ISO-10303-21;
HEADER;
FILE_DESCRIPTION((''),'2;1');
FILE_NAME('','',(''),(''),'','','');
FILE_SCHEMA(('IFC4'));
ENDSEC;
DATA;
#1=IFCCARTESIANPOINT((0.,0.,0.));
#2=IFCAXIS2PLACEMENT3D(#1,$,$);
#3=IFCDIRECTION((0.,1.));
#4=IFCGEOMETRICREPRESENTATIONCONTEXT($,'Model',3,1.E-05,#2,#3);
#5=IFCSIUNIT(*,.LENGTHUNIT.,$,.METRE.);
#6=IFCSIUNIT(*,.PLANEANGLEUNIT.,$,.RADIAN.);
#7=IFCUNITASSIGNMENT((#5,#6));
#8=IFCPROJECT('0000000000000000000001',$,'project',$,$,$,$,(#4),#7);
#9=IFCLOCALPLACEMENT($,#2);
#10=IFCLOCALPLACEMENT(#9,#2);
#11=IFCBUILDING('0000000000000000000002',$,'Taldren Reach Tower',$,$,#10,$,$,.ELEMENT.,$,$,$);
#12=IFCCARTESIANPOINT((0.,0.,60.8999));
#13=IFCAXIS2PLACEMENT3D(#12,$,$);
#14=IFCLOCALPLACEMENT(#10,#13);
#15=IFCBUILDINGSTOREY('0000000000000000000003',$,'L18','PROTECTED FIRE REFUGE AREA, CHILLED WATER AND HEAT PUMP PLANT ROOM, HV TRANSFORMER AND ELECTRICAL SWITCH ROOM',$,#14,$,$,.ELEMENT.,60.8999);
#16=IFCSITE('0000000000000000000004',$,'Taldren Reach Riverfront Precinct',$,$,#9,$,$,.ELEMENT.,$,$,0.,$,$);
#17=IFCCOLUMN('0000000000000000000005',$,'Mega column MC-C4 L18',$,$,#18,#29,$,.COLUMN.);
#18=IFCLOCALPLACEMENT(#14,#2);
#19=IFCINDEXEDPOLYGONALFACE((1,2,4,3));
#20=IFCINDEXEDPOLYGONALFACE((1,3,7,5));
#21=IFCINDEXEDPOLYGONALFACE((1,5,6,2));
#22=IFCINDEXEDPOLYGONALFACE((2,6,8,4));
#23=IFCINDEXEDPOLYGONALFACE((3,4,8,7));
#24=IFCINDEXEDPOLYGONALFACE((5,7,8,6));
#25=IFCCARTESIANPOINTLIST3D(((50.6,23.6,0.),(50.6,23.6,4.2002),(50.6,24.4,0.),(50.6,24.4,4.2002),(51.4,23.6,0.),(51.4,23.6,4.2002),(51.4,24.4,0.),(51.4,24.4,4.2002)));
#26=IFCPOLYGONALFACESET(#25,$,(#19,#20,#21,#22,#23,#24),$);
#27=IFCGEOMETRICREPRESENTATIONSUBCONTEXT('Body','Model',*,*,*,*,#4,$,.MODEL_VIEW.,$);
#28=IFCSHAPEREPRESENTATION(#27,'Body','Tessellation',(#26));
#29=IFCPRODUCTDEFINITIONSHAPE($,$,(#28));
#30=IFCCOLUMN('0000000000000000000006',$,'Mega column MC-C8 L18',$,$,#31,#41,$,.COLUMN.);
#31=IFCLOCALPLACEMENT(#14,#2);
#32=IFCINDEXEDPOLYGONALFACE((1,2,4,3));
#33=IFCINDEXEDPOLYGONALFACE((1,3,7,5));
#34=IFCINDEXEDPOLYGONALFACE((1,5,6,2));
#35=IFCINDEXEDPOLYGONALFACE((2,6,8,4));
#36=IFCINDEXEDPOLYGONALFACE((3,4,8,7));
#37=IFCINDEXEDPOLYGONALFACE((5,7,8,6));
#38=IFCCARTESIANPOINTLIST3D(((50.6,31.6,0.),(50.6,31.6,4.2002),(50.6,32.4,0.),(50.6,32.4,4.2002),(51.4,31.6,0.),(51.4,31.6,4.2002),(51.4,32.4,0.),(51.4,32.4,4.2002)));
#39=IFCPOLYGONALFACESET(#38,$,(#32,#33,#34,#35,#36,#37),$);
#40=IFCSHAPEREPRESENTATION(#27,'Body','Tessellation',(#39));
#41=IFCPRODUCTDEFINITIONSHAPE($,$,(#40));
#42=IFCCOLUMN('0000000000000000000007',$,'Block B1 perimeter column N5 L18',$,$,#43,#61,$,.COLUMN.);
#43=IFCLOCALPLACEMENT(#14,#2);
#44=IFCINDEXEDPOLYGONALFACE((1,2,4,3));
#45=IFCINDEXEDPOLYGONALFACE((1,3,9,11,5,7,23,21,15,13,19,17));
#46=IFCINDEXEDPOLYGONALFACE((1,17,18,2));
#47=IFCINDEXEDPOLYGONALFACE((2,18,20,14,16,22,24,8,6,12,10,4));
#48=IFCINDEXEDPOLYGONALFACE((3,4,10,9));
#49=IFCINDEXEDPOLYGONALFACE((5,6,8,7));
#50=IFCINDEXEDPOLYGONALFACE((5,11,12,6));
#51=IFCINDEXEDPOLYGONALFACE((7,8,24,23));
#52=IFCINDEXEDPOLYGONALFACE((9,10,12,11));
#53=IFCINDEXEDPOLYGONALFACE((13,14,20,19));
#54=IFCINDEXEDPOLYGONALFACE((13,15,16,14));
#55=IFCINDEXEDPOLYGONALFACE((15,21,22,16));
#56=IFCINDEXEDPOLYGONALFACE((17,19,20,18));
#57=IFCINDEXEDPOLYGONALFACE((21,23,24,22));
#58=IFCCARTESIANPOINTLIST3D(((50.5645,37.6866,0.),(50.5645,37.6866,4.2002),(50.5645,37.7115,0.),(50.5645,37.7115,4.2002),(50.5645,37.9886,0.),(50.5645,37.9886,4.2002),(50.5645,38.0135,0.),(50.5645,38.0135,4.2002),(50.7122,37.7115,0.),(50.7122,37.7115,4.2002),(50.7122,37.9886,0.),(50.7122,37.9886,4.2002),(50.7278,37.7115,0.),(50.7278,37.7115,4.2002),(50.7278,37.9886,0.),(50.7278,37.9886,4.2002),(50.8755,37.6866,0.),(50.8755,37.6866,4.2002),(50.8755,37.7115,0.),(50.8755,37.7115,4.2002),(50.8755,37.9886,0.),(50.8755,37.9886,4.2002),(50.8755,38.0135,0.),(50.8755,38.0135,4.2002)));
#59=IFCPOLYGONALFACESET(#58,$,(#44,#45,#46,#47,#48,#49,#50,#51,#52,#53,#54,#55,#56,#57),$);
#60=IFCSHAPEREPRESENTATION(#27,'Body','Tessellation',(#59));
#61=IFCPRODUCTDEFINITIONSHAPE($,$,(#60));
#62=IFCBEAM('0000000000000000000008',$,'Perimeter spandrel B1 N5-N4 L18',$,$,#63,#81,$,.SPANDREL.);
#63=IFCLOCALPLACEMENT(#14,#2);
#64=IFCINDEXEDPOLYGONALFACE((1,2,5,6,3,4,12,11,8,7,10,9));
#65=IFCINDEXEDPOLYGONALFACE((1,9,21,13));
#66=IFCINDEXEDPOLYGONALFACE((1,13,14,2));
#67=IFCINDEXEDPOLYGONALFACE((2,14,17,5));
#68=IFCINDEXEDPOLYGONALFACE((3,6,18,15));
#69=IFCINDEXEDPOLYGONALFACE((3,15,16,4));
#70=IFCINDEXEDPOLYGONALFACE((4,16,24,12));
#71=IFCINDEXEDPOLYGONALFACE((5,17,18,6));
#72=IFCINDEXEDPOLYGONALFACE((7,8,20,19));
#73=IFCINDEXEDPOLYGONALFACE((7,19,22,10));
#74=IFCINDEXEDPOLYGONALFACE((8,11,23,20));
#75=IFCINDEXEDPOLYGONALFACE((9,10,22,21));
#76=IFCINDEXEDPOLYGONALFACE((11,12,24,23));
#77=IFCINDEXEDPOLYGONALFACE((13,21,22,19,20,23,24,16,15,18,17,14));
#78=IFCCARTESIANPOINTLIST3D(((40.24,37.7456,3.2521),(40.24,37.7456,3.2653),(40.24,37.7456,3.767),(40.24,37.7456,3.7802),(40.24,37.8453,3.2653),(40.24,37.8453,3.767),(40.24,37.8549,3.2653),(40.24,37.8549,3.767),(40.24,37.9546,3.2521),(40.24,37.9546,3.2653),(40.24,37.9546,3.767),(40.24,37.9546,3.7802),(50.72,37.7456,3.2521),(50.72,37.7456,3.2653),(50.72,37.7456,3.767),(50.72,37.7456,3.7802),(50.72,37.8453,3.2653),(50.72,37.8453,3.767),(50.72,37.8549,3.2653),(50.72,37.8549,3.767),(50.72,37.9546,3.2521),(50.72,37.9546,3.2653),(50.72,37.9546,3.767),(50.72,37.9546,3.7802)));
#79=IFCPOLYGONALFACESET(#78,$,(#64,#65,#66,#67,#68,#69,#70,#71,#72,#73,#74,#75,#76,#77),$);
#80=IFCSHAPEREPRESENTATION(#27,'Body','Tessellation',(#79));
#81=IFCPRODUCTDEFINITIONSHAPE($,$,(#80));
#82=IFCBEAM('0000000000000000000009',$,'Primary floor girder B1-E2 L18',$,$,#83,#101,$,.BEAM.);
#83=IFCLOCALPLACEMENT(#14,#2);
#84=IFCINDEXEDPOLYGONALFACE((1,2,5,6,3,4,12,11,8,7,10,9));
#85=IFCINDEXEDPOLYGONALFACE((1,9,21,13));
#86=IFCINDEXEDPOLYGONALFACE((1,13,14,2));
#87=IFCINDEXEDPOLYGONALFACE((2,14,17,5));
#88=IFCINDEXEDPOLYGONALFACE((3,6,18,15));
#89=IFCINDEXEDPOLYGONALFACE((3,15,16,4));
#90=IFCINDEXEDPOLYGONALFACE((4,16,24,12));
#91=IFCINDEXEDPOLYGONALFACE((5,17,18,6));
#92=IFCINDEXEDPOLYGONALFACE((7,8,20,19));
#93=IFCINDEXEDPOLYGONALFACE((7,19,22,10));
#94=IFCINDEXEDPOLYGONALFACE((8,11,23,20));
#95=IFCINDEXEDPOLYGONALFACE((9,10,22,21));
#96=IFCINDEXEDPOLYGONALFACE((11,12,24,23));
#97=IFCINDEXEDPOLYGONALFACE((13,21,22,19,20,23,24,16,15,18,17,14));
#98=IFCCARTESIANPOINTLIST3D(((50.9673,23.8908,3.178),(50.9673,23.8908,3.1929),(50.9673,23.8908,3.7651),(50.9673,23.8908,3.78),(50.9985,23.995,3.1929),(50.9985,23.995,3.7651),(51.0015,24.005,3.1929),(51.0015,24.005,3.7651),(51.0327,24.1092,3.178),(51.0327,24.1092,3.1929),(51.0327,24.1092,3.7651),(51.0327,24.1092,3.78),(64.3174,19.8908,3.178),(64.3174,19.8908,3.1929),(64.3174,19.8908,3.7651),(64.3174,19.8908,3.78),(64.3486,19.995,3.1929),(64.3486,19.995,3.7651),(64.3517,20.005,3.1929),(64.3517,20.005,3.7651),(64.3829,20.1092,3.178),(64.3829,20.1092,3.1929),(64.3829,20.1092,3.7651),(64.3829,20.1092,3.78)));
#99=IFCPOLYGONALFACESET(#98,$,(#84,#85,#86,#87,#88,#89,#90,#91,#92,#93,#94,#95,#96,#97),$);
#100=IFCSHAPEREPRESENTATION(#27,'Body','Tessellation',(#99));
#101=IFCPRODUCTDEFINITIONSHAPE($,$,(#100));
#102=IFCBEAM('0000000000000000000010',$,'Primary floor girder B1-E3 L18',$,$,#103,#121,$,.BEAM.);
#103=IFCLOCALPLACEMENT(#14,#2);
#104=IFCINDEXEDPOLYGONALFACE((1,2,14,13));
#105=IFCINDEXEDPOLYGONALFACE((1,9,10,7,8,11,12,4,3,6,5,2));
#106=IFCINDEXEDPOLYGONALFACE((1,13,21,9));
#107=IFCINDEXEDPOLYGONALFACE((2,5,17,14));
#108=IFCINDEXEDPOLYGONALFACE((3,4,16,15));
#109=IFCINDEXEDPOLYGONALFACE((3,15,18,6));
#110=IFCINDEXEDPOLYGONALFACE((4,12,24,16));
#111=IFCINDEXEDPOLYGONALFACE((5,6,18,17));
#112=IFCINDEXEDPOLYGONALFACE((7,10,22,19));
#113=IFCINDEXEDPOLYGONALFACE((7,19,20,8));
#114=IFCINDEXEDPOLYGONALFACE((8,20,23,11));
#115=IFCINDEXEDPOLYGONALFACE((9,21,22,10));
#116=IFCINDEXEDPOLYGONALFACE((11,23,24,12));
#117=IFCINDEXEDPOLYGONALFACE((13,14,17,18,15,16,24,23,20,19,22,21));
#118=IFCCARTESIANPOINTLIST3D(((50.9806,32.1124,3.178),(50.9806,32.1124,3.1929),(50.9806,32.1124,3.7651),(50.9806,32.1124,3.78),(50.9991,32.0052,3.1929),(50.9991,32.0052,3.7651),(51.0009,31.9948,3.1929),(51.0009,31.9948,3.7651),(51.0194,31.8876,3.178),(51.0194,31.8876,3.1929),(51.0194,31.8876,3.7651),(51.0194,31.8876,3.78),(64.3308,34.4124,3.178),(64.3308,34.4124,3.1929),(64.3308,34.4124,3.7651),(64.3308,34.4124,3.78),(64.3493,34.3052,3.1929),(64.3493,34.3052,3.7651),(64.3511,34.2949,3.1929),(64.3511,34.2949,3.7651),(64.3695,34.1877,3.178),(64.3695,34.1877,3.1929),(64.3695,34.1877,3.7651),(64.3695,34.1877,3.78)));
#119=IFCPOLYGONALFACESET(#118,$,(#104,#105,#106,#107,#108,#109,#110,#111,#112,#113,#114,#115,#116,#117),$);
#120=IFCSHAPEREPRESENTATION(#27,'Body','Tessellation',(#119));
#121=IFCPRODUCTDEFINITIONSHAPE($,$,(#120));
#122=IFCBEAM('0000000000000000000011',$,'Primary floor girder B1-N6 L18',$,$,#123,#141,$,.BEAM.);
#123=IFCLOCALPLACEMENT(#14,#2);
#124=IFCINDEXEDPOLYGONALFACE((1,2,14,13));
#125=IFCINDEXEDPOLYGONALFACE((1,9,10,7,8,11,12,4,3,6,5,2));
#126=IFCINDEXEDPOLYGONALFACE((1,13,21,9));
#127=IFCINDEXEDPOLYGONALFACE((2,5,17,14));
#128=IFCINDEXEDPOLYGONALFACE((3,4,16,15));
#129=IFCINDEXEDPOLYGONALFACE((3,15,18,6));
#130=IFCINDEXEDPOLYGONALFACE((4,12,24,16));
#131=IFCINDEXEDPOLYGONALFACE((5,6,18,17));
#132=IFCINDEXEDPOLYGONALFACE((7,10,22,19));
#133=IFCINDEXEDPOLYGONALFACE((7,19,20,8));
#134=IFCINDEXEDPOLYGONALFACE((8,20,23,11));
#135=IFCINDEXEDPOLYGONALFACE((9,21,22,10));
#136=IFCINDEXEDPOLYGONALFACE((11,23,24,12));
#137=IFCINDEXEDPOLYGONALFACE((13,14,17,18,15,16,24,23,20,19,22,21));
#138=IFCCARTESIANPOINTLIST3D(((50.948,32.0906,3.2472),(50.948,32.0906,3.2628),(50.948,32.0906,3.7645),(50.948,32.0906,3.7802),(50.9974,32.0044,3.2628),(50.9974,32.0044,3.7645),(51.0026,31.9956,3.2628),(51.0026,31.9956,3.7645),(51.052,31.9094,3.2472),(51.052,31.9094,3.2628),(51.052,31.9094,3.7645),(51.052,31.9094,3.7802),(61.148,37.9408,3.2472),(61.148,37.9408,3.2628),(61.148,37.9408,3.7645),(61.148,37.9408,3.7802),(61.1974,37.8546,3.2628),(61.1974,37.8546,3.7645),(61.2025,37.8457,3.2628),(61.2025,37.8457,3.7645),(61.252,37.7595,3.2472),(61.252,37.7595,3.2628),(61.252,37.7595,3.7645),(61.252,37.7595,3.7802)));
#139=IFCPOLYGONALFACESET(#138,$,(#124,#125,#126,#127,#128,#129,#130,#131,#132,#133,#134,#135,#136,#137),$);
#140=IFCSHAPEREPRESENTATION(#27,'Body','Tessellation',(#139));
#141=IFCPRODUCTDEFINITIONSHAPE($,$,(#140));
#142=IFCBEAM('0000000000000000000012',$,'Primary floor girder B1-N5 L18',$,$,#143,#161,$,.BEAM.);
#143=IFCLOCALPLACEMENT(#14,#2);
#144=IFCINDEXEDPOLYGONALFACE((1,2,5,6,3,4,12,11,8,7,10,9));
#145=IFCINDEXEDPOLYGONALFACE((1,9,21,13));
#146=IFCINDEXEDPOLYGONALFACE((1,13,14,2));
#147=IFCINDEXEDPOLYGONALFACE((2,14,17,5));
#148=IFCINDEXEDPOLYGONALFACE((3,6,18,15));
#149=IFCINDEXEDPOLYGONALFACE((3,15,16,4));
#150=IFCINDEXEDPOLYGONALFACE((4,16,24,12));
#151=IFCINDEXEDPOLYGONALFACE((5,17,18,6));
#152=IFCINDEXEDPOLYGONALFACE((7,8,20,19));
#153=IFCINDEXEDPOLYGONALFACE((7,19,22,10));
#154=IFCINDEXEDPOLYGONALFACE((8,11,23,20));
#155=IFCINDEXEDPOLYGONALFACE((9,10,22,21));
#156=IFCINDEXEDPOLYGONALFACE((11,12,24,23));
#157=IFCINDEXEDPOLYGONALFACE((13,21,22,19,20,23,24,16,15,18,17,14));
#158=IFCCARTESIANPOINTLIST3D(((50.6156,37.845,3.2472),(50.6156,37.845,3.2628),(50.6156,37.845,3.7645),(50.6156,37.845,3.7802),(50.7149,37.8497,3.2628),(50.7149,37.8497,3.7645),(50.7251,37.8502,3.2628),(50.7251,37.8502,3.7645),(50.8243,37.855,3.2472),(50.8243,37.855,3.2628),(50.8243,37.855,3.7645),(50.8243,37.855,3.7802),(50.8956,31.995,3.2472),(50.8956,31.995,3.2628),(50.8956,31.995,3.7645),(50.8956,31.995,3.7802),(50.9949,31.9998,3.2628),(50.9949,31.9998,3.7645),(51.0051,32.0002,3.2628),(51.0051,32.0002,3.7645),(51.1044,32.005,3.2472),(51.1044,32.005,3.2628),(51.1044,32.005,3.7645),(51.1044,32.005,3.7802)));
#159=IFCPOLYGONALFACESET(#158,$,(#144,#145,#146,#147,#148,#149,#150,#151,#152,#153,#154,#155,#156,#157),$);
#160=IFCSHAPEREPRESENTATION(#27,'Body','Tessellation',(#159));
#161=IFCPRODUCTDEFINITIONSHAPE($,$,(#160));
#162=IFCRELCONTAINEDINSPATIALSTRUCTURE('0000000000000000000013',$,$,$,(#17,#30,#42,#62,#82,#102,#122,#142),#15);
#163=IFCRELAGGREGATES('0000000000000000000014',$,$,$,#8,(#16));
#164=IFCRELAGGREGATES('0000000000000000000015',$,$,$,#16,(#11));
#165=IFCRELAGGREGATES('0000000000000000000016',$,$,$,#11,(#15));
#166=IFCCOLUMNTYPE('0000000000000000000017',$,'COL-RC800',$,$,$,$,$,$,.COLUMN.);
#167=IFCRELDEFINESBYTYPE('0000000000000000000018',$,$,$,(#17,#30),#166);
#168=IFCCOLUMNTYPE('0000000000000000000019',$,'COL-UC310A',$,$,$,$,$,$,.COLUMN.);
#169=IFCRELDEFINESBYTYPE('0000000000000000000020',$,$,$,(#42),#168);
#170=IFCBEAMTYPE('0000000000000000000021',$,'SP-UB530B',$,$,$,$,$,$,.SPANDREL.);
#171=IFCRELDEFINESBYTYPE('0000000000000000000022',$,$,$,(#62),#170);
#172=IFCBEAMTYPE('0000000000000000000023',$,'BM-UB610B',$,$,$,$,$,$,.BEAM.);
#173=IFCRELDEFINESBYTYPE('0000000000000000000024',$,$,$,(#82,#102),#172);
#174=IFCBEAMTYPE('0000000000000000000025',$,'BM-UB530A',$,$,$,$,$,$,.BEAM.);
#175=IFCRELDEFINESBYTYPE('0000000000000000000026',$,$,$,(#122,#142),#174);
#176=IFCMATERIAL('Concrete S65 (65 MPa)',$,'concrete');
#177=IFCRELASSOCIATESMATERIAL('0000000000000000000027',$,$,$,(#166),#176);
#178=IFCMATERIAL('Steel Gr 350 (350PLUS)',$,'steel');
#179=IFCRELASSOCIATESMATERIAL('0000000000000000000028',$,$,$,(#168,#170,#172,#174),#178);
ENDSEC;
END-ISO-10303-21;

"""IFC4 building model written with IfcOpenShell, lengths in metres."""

from ifc_helpers import new_model, si_unit, direction, frame, origin, origin_2d, place, context, subcontext, project, spatial, rectangle, i_section, extrude, source, transform, mapped, material, material_profile, profile_set, type_object, element, save


model = new_model("IFC4")

# Units and contexts
model_context = context("Model", 3, precision=1e-05, world=origin(), true_north=direction((0.0, 1.0)))
body_context = subcontext(model_context, "Body", "Model", "MODEL_VIEW")
ifc_project = project(units=[si_unit("LENGTHUNIT", "METRE"), si_unit("PLANEANGLEUNIT", "RADIAN")], contexts=[model_context])

# Site, building, storey
site_placement = place(None, origin())
site = spatial("IfcSite", under=ifc_project, at=site_placement, Name="Taldren Reach Riverfront Precinct", CompositionType="ELEMENT", RefElevation=0.0)
building_placement = place(site_placement, origin())
building = spatial("IfcBuilding", under=site, at=building_placement, Name="Taldren Reach Tower", CompositionType="ELEMENT")
storey_placement = place(building_placement, frame((0.0, 0.0, 60.8999)))
storey = spatial("IfcBuildingStorey", under=building, at=storey_placement, Name="L18", Description="PROTECTED FIRE REFUGE AREA, CHILLED WATER AND HEAT PUMP PLANT ROOM, HV TRANSFORMER AND ELECTRICAL SWITCH ROOM", CompositionType="ELEMENT", Elevation=60.8999)

# Columns
ifc_material_1 = material(Name="Concrete S65 (65 MPa)", Category="concrete")
ifc_material_profile_1 = material_profile(ifc_material_1, rectangle(XDim=0.8, YDim=0.8, at=origin_2d()), Name="RC-800x800")
ifc_profile_set_1 = profile_set([ifc_material_profile_1], Name="Concrete S65 (65 MPa)")
column_type_1 = type_object("IfcColumnType", Name="COL-RC800", PredefinedType="COLUMN", material=ifc_profile_set_1)
shared_shape_1 = source(origin(), body_context, "Body", "SweptSolid", [
    extrude(rectangle(XDim=0.8, YDim=0.8, at=origin_2d()), origin(), (0.0, 0.0, 1.0), 4.2002),
])
for number, where, z_axis, x_axis, name in (
    (1, (51.0, 24.0, 0.0), (0.0, 0.0, 1.0), (1.0, 0.0, 0.0), "Mega column MC-C4 L18"),
    (2, (51.0, 32.0, 0.0), (0.0, 0.0, 1.0), (1.0, 0.0, 0.0), "Mega column MC-C8 L18"),
):
    element("IfcColumn", number, at=place(storey_placement, frame(where, z_axis=z_axis, x_axis=x_axis)), inside=storey, type_object=column_type_1, Name=name, PredefinedType="COLUMN", context=body_context, shape_type="MappedRepresentation", body=[
        mapped(shared_shape_1, transform((0.0, 0.0, 0.0), scale=1.0)),
    ])
ifc_material_2 = material(Name="Steel Gr 350 (350PLUS)", Category="steel")
ifc_material_profile_2 = material_profile(ifc_material_2, i_section(OverallWidth=0.311, OverallDepth=0.3269, WebThickness=0.0156, FlangeThickness=0.0249, at=origin_2d()), Name="310UC158")
ifc_profile_set_2 = profile_set([ifc_material_profile_2], Name="Steel Gr 350 (350PLUS)")
column_type_2 = type_object("IfcColumnType", Name="COL-UC310A", PredefinedType="COLUMN", material=ifc_profile_set_2)
shared_shape_2 = source(origin(), body_context, "Body", "SweptSolid", [
    extrude(i_section(OverallWidth=0.311, OverallDepth=0.3269, WebThickness=0.0156, FlangeThickness=0.0249, at=origin_2d()), origin(), (0.0, 0.0, 1.0), 4.2002),
])
column_placement = place(storey_placement, frame((50.72, 37.8501, 0.0), z_axis=(0.0, 0.0, 1.0), x_axis=(1.0, 0.0, 0.0)))
element("IfcColumn", 3, at=column_placement, inside=storey, type_object=column_type_2, Name="Block B1 perimeter column N5 L18", PredefinedType="COLUMN", context=body_context, shape_type="MappedRepresentation", body=[
    mapped(shared_shape_2, transform((0.0, 0.0, 0.0), scale=1.0)),
])

# Beams
ifc_material_profile_3 = material_profile(ifc_material_2, i_section(OverallWidth=0.209, OverallDepth=0.5281, WebThickness=0.0095, FlangeThickness=0.0132, at=origin_2d()), Name="530UB82.0")
ifc_profile_set_3 = profile_set([ifc_material_profile_3], Name="Steel Gr 350 (350PLUS)")
beam_type_1 = type_object("IfcBeamType", Name="SP-UB530B", PredefinedType="SPANDREL", material=ifc_profile_set_3)
shared_shape_3 = source(origin(), body_context, "Body", "SweptSolid", [
    extrude(i_section(OverallWidth=0.209, OverallDepth=0.5281, WebThickness=0.0095, FlangeThickness=0.0132, at=origin_2d()), origin(), (0.0, 0.0, 1.0), 10.48),
])
beam_1_placement = place(storey_placement, frame((50.72, 37.8501, 3.5161), z_axis=(-1.0, 0.0, 0.0), x_axis=(0.0, -1.0, 0.0)))
element("IfcBeam", 4, at=beam_1_placement, inside=storey, type_object=beam_type_1, Name="Perimeter spandrel B1 N5-N4 L18", PredefinedType="SPANDREL", context=body_context, shape_type="MappedRepresentation", body=[
    mapped(shared_shape_3, transform((0.0, 0.0, 0.0), scale=1.0)),
])
ifc_material_profile_4 = material_profile(ifc_material_2, i_section(OverallWidth=0.228, OverallDepth=0.6021, WebThickness=0.0105, FlangeThickness=0.0149, at=origin_2d()), Name="610UB101")
ifc_profile_set_4 = profile_set([ifc_material_profile_4], Name="Steel Gr 350 (350PLUS)")
beam_type_2 = type_object("IfcBeamType", Name="BM-UB610B", PredefinedType="BEAM", material=ifc_profile_set_4)
shared_shape_4 = source(origin(), body_context, "Body", "SweptSolid", [
    extrude(i_section(OverallWidth=0.228, OverallDepth=0.6021, WebThickness=0.0105, FlangeThickness=0.0149, at=origin_2d()), origin(), (0.0, 0.0, 1.0), 13.9365),
])
beam_2_placement = place(storey_placement, frame((51.0, 24.0, 3.479), z_axis=(0.957926, -0.287017, 0.0), x_axis=(0.287017, 0.957926, 0.0)))
element("IfcBeam", 5, at=beam_2_placement, inside=storey, type_object=beam_type_2, Name="Primary floor girder B1-E2 L18", PredefinedType="BEAM", context=body_context, shape_type="MappedRepresentation", body=[
    mapped(shared_shape_4, transform((0.0, 0.0, 0.0), scale=1.0)),
])
shared_shape_5 = source(origin(), body_context, "Body", "SweptSolid", [
    extrude(i_section(OverallWidth=0.228, OverallDepth=0.6021, WebThickness=0.0105, FlangeThickness=0.0149, at=origin_2d()), origin(), (0.0, 0.0, 1.0), 13.5469),
])
beam_3_placement = place(storey_placement, frame((51.0, 32.0, 3.479), z_axis=(0.985481, 0.169786, 0.0), x_axis=(-0.169786, 0.985481, 0.0)))
element("IfcBeam", 6, at=beam_3_placement, inside=storey, type_object=beam_type_2, Name="Primary floor girder B1-E3 L18", PredefinedType="BEAM", context=body_context, shape_type="MappedRepresentation", body=[
    mapped(shared_shape_5, transform((0.0, 0.0, 0.0), scale=1.0)),
])
ifc_material_profile_5 = material_profile(ifc_material_2, i_section(OverallWidth=0.209, OverallDepth=0.533, WebThickness=0.0103, FlangeThickness=0.0156, at=origin_2d()), Name="530UB92.4")
ifc_profile_set_5 = profile_set([ifc_material_profile_5], Name="Steel Gr 350 (350PLUS)")
beam_type_3 = type_object("IfcBeamType", Name="BM-UB530A", PredefinedType="BEAM", material=ifc_profile_set_5)
shared_shape_6 = source(origin(), body_context, "Body", "SweptSolid", [
    extrude(i_section(OverallWidth=0.209, OverallDepth=0.533, WebThickness=0.0103, FlangeThickness=0.0156, at=origin_2d()), origin(), (0.0, 0.0, 1.0), 11.7585),
])
beam_4_placement = place(storey_placement, frame((51.0, 32.0, 3.5137), z_axis=(0.867452, 0.49752, 0.0), x_axis=(-0.49752, 0.867452, 0.0)))
element("IfcBeam", 7, at=beam_4_placement, inside=storey, type_object=beam_type_3, Name="Primary floor girder B1-N6 L18", PredefinedType="BEAM", context=body_context, shape_type="MappedRepresentation", body=[
    mapped(shared_shape_6, transform((0.0, 0.0, 0.0), scale=1.0)),
])
shared_shape_7 = source(origin(), body_context, "Body", "SweptSolid", [
    extrude(i_section(OverallWidth=0.209, OverallDepth=0.533, WebThickness=0.0103, FlangeThickness=0.0156, at=origin_2d()), origin(), (0.0, 0.0, 1.0), 5.8567),
])
beam_5_placement = place(storey_placement, frame((51.0, 32.0, 3.5137), z_axis=(-0.047813, 0.998856, 0.0), x_axis=(-0.998856, -0.047813, 0.0)))
element("IfcBeam", 8, at=beam_5_placement, inside=storey, type_object=beam_type_3, Name="Primary floor girder B1-N5 L18", PredefinedType="BEAM", context=body_context, shape_type="MappedRepresentation", body=[
    mapped(shared_shape_7, transform((0.0, 0.0, 0.0), scale=1.0)),
])

save(model, "model.ifc")
